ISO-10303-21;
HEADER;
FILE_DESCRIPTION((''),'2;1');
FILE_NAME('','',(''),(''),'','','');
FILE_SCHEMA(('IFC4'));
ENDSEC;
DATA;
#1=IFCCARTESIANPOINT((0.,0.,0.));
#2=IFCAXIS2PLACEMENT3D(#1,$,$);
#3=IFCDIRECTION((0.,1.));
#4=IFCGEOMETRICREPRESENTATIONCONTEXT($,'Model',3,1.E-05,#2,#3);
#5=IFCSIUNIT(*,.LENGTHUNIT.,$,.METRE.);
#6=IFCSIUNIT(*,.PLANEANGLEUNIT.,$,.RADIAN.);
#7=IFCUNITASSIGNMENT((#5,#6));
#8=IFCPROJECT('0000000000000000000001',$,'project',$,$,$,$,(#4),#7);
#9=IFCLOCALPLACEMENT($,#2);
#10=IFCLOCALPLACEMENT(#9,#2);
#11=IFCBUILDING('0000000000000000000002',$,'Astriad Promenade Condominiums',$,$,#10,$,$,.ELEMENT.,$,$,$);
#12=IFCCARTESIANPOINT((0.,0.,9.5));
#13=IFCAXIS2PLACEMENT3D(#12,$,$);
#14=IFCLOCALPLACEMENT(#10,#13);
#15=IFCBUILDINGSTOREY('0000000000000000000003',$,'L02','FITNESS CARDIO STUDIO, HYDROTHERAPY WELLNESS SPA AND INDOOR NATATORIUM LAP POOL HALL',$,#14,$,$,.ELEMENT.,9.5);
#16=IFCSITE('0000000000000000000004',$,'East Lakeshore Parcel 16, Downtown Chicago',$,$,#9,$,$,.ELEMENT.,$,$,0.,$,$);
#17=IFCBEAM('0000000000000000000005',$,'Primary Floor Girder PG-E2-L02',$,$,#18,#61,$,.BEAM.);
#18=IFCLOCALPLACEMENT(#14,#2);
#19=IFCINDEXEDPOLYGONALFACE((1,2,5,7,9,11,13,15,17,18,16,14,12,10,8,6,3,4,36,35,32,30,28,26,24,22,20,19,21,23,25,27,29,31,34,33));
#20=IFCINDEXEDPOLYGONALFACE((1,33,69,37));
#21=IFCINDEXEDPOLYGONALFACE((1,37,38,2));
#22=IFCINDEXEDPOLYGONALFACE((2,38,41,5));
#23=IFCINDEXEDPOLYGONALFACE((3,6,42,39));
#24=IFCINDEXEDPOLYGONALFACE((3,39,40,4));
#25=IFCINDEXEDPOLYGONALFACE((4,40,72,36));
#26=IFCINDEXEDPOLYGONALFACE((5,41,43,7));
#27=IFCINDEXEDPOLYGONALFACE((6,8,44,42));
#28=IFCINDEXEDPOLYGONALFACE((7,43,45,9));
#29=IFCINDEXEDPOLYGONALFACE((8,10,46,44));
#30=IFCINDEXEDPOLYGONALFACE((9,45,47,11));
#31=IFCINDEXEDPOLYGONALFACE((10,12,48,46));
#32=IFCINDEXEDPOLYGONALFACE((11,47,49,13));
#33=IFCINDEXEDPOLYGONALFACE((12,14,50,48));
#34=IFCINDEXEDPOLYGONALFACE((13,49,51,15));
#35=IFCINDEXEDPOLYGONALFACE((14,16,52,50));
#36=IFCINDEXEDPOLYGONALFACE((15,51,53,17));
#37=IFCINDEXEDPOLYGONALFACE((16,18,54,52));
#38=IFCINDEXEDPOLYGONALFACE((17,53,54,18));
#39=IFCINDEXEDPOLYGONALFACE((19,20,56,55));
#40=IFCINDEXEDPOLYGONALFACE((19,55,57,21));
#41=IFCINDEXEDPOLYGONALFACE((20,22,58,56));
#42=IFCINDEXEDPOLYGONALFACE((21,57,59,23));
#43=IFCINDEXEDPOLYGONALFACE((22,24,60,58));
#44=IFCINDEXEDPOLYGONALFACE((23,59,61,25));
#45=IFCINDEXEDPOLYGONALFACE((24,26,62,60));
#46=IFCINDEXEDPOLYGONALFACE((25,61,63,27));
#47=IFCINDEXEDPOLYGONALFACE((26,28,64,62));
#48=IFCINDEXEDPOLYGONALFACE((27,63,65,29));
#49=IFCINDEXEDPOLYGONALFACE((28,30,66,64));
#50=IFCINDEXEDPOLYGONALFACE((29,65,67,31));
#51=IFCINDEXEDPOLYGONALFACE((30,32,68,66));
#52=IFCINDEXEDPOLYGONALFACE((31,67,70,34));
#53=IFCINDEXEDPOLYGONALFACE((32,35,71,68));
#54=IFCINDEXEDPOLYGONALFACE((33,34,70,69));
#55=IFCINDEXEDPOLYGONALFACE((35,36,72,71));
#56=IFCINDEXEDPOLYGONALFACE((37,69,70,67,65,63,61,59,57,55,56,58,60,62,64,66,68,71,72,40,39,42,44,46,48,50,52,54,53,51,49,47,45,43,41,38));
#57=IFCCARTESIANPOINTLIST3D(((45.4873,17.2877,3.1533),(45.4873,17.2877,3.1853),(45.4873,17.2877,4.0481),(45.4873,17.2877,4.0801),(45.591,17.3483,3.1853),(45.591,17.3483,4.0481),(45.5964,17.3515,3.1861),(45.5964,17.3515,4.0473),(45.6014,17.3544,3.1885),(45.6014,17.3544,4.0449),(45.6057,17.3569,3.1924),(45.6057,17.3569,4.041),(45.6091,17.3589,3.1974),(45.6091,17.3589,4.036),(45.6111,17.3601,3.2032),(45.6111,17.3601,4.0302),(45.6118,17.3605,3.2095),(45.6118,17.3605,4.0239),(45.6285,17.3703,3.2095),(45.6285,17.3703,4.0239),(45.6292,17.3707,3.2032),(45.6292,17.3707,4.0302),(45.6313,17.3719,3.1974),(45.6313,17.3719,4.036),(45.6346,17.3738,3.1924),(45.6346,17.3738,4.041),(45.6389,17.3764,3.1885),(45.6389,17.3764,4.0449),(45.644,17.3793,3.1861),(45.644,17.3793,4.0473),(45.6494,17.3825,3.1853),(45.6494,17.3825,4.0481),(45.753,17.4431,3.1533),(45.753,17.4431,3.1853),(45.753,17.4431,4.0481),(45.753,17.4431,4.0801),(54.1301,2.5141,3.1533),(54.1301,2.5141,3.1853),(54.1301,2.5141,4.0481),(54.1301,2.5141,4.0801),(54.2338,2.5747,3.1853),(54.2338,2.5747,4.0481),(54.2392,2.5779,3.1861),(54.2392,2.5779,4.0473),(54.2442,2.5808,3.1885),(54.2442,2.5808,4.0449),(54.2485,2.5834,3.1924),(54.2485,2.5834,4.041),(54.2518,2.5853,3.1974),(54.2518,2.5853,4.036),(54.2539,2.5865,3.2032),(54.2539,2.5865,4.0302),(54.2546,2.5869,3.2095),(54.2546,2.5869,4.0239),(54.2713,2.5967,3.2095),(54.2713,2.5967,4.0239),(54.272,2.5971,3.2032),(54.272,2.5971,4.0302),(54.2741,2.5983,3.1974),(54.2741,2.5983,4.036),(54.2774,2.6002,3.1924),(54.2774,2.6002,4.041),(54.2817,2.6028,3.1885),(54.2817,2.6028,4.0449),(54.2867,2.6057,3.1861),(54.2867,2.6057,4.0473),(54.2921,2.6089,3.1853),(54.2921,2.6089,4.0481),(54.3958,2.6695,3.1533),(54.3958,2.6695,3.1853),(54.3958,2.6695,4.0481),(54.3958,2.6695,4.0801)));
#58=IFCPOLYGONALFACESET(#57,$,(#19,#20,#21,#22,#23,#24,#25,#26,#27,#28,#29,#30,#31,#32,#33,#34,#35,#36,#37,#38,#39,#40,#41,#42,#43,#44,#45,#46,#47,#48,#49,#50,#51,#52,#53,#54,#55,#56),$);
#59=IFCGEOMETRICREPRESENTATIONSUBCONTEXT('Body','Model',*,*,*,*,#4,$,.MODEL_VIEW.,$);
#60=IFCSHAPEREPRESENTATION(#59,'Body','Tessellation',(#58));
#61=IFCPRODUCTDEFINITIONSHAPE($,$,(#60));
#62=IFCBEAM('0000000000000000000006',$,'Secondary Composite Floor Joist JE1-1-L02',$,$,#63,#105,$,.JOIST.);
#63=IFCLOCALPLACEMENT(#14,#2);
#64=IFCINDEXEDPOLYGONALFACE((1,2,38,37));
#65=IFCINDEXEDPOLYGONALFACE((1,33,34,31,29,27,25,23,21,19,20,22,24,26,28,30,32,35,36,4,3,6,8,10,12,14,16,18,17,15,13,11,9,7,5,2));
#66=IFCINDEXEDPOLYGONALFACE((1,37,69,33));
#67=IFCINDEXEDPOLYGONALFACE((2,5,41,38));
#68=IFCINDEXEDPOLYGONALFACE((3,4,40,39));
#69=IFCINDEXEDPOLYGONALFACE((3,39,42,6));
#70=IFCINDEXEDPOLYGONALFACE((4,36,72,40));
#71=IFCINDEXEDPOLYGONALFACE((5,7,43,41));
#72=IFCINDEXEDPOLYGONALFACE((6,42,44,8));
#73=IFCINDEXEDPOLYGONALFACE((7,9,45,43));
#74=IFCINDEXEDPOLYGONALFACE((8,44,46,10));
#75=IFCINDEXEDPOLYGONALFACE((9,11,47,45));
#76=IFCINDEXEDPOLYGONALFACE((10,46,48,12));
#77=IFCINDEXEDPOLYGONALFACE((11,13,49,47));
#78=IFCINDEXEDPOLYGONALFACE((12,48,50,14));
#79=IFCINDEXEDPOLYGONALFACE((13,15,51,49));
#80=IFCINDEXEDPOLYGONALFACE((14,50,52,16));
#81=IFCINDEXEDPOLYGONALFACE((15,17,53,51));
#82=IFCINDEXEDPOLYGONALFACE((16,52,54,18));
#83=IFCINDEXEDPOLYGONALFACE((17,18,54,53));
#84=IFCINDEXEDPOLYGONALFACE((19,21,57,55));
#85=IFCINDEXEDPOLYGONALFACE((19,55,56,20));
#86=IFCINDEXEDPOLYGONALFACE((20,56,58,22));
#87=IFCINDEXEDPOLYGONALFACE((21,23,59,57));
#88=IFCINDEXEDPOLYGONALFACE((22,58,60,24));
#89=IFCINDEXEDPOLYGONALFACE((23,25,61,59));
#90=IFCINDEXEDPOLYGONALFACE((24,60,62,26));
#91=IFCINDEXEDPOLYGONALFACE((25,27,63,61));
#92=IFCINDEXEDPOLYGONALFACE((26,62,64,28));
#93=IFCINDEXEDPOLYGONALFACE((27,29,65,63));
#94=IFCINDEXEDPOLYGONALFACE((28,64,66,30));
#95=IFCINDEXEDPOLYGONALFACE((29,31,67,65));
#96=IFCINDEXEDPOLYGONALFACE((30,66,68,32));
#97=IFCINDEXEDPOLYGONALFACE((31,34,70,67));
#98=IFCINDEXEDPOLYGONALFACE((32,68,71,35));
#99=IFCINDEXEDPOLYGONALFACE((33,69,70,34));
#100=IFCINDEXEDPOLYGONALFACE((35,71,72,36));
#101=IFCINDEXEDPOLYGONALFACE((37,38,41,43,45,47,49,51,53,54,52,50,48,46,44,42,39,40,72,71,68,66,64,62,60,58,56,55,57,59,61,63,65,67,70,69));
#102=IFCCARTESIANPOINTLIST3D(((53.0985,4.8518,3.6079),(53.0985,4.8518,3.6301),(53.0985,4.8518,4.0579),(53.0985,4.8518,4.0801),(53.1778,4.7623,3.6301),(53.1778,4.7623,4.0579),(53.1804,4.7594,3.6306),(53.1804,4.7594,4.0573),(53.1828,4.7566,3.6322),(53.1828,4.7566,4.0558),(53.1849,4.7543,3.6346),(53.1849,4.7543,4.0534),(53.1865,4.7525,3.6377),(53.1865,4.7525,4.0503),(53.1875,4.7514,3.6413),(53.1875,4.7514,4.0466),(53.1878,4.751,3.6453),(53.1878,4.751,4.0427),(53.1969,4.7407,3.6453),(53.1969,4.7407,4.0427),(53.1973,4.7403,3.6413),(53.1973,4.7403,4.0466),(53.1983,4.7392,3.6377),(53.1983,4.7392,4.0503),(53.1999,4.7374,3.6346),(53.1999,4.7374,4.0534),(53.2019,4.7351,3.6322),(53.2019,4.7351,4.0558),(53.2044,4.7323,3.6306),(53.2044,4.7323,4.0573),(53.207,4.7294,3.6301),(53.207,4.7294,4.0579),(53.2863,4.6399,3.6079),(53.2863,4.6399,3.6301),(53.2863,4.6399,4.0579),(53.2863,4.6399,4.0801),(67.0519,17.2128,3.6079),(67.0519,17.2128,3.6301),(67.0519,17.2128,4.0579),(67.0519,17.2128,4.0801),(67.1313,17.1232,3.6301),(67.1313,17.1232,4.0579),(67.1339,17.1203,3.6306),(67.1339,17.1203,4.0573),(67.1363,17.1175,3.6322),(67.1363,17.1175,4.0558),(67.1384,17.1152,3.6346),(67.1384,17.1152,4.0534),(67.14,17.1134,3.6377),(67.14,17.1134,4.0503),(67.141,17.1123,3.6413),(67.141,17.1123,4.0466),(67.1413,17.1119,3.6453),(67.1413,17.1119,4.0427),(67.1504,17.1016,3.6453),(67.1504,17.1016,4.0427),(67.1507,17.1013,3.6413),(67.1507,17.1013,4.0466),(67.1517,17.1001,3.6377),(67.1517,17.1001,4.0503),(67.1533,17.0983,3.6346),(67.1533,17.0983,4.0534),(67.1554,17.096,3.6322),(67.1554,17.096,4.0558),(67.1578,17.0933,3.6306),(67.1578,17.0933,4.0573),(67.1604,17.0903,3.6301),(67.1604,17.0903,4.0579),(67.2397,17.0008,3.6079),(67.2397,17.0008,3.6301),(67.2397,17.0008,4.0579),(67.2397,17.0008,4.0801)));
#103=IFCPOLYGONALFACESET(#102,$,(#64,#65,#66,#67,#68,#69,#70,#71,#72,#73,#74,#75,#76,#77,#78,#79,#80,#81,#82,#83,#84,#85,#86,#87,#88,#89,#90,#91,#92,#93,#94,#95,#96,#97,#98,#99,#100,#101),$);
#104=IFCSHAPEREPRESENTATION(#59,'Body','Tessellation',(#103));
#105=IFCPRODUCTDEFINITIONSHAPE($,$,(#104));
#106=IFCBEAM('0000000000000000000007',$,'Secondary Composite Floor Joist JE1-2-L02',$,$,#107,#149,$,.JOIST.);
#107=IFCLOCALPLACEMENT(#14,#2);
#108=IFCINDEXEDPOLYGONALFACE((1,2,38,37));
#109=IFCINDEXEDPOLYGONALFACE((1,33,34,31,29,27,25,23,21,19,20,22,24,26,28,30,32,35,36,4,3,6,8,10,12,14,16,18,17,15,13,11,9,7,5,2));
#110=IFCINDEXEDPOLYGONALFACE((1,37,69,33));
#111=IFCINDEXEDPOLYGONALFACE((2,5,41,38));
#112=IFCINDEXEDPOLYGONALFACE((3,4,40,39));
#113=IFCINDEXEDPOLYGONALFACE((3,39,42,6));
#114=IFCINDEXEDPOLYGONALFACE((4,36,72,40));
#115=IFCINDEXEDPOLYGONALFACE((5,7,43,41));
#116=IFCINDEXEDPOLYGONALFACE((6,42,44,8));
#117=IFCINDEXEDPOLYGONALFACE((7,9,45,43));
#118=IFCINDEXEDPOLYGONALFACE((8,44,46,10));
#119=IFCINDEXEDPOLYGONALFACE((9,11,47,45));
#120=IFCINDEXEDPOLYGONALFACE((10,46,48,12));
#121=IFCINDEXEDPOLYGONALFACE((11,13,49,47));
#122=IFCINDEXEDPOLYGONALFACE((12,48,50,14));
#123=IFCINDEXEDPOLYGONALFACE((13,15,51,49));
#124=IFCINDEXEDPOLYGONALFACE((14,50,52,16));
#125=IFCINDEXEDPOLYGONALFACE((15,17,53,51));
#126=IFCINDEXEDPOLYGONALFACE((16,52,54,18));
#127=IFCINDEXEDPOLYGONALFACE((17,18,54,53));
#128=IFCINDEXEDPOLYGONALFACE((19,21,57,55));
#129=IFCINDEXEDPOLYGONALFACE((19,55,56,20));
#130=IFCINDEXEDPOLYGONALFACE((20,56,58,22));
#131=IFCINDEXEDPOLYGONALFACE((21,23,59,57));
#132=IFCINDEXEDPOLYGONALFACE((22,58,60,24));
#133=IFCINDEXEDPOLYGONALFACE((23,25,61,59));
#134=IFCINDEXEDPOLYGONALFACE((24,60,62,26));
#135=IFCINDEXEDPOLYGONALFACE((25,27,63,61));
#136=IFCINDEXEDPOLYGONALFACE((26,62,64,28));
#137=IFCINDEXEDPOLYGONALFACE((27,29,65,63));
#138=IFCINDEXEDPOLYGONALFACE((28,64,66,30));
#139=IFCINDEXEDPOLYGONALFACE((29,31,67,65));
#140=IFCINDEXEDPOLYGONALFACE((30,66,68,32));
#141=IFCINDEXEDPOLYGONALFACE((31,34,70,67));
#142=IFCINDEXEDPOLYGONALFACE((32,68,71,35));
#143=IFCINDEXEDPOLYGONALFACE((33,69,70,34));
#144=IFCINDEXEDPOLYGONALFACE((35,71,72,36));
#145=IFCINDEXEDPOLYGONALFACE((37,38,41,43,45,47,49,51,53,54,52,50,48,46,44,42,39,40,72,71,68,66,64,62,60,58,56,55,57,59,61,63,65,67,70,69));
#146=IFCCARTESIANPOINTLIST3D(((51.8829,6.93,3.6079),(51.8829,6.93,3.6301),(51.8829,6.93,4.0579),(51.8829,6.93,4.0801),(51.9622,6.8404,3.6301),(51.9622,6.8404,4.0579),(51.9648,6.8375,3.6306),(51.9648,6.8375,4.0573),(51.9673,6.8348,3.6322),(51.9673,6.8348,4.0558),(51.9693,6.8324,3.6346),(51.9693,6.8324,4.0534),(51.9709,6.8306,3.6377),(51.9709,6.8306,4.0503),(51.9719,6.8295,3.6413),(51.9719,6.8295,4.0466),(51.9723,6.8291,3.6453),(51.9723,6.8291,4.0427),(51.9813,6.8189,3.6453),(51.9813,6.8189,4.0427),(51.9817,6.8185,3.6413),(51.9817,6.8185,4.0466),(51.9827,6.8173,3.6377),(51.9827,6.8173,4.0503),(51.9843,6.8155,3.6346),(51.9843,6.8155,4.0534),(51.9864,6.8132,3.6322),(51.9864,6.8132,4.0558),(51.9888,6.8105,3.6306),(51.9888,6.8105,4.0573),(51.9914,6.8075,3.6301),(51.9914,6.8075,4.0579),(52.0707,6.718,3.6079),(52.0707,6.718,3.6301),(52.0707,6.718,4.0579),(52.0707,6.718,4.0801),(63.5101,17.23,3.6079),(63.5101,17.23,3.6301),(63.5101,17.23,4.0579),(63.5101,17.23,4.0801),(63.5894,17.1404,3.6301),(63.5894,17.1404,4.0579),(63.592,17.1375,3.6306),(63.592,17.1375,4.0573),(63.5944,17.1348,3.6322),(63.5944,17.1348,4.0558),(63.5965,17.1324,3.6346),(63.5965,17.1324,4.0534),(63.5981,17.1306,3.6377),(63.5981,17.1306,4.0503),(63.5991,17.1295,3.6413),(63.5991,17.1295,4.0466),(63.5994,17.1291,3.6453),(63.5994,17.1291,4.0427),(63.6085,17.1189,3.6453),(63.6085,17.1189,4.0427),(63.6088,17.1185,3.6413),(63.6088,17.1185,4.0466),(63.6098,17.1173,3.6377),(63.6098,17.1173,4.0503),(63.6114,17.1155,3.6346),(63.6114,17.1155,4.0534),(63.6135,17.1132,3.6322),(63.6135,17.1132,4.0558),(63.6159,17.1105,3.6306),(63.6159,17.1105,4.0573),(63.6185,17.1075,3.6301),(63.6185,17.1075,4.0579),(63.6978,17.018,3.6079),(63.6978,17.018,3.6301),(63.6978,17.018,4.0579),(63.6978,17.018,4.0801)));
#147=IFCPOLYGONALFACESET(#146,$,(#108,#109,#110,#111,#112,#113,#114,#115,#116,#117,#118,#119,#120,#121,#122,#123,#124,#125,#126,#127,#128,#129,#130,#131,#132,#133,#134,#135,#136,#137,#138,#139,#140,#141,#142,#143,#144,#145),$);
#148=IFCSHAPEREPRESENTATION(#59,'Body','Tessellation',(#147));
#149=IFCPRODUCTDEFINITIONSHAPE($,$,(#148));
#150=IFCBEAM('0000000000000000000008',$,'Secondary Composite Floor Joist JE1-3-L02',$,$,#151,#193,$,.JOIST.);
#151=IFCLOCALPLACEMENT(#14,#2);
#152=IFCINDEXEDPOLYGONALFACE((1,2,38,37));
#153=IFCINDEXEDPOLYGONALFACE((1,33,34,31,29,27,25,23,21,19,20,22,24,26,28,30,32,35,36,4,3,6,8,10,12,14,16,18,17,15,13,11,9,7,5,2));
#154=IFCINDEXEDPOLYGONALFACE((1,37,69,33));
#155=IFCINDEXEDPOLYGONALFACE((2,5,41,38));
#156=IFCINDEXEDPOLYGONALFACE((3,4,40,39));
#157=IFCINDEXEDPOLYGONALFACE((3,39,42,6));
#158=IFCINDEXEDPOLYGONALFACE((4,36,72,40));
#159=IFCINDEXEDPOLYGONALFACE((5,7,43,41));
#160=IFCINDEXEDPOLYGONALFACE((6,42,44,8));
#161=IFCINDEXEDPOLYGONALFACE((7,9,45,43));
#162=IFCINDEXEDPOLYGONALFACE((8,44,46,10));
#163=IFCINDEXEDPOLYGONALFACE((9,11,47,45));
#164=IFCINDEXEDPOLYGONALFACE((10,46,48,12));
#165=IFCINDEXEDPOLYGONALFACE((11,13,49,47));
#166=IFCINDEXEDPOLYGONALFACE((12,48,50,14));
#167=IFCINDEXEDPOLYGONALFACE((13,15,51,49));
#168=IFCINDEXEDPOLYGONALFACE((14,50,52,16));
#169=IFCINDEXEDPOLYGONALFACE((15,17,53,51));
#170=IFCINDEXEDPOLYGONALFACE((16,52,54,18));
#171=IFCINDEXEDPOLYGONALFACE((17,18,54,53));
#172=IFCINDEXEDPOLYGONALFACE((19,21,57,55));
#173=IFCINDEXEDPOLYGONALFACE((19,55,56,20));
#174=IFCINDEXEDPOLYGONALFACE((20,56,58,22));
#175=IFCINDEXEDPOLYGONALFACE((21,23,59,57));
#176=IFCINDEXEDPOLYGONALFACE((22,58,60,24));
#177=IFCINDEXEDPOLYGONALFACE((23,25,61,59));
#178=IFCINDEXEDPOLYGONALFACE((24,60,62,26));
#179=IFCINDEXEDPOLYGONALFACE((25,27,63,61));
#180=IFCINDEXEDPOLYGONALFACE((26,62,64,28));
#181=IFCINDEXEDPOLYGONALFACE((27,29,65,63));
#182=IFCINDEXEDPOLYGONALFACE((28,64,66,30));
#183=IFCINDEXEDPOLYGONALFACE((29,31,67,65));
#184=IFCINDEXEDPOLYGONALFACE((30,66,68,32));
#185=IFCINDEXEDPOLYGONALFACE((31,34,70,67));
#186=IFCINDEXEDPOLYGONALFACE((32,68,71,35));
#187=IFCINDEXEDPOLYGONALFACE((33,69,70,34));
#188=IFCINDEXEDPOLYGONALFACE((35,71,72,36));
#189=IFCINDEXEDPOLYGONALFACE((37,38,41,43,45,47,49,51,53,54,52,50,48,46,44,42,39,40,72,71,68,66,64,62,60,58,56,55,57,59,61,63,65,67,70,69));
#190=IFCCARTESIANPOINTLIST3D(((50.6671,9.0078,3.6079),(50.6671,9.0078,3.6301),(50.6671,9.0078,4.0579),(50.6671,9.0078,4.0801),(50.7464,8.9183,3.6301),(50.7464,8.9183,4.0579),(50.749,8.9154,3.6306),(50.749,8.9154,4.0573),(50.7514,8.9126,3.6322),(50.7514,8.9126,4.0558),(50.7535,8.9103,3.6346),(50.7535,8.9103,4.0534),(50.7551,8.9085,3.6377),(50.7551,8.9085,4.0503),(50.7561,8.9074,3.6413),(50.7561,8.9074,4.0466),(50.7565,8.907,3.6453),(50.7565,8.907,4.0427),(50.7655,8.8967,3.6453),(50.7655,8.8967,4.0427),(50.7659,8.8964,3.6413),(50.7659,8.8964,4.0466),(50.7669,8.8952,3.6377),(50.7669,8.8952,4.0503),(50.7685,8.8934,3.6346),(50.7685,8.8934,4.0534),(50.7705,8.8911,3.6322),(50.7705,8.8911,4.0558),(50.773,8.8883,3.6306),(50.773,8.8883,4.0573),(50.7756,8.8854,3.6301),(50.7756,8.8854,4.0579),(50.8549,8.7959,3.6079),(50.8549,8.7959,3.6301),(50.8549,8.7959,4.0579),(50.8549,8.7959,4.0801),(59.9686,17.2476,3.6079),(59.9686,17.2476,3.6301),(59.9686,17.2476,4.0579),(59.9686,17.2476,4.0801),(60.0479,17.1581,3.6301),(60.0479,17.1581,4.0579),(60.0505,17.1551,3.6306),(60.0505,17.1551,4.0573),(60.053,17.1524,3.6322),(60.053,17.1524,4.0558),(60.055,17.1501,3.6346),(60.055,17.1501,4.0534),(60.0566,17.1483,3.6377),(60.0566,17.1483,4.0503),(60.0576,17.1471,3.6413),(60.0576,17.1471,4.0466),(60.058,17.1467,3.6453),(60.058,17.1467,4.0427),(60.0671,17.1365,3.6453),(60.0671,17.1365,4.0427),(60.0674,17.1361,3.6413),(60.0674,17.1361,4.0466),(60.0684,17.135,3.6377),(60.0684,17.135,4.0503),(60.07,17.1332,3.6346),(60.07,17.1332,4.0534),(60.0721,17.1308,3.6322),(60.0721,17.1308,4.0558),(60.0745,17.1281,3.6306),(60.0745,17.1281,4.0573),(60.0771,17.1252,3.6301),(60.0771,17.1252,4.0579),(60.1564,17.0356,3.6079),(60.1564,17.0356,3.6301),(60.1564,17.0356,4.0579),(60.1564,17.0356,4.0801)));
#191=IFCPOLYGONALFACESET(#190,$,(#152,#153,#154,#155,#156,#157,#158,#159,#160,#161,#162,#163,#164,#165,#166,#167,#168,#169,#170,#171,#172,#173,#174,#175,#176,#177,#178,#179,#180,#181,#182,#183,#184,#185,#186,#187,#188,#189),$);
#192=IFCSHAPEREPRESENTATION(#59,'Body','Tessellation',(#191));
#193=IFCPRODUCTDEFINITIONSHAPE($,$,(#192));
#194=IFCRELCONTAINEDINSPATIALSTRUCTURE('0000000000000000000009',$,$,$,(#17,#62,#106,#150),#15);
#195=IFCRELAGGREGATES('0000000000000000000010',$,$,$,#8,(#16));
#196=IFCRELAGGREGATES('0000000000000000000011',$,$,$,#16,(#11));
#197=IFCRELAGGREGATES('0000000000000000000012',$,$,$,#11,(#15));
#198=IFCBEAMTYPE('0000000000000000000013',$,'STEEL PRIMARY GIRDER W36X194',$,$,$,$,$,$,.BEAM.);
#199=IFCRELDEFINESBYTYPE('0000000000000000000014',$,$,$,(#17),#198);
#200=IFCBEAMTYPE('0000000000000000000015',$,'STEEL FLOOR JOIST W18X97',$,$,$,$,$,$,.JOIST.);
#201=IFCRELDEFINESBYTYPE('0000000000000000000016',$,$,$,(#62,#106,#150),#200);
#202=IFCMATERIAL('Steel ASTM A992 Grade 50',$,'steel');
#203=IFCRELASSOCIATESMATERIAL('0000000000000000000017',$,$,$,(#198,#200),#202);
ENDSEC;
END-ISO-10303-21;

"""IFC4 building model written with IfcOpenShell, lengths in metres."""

from ifc_helpers import new_model, si_unit, direction, frame, origin, origin_2d, place, context, subcontext, project, spatial, i_section, extrude, source, transform, mapped, material, material_profile, profile_set, type_object, type_shapes, element, save


model = new_model("IFC4")

# Units and contexts
model_context = context("Model", 3, precision=1e-05, world=origin(), true_north=direction((0.0, 1.0)))
body_context = subcontext(model_context, "Body", "Model", "MODEL_VIEW")
ifc_project = project(units=[si_unit("LENGTHUNIT", "METRE"), si_unit("PLANEANGLEUNIT", "RADIAN")], contexts=[model_context])

# Site, building, storey
site_placement = place(None, origin())
site = spatial("IfcSite", under=ifc_project, at=site_placement, Name="East Lakeshore Parcel 16, Downtown Chicago", CompositionType="ELEMENT", RefElevation=0.0)
building_placement = place(site_placement, origin())
building = spatial("IfcBuilding", under=site, at=building_placement, Name="Astriad Promenade Condominiums", CompositionType="ELEMENT")
storey_placement = place(building_placement, frame((0.0, 0.0, 9.5)))
storey = spatial("IfcBuildingStorey", under=building, at=storey_placement, Name="L02", Description="FITNESS CARDIO STUDIO, HYDROTHERAPY WELLNESS SPA AND INDOOR NATATORIUM LAP POOL HALL", CompositionType="ELEMENT", Elevation=9.5)

# Shared definitions
ifc_material_1 = material(Name="Steel ASTM A992 Grade 50", Category="steel")

# Beams
ifc_material_profile_1 = material_profile(ifc_material_1, i_section(OverallWidth=0.3079, OverallDepth=0.9268, WebThickness=0.0193, FlangeThickness=0.032, FilletRadius=0.0242, at=origin_2d()), Name="W36X194")
ifc_profile_set_1 = profile_set([ifc_material_profile_1], Name="Steel ASTM A992 Grade 50")
beam_type_1 = type_object("IfcBeamType", Name="STEEL PRIMARY GIRDER W36X194", PredefinedType="BEAM", material=ifc_profile_set_1)
shared_shape_1 = source(origin(), body_context, "Body", "SweptSolid", [
    extrude(i_section(OverallWidth=0.3079, OverallDepth=0.9268, WebThickness=0.0193, FlangeThickness=0.032, FilletRadius=0.0242, at=origin_2d()), origin(), (0.0, 0.0, 1.0), 17.116),
])
type_shapes(beam_type_1, [shared_shape_1])
beam_1_placement = place(storey_placement, frame((54.2629, 2.5918, 3.6167), z_axis=(-0.504953, 0.863147, 0.0), x_axis=(-0.863147, -0.504953, 0.0)))
element("IfcBeam", 1, at=beam_1_placement, inside=storey, type_object=beam_type_1, Name="Primary Floor Girder PG-E2-L02", PredefinedType="BEAM", context=body_context, shape_type="MappedRepresentation", body=[
    mapped(shared_shape_1, transform((0.0, 0.0, 0.0), scale=1.0)),
])
ifc_material_profile_2 = material_profile(ifc_material_1, i_section(OverallWidth=0.2832, OverallDepth=0.4722, WebThickness=0.0137, FlangeThickness=0.0222, FilletRadius=0.0151, at=origin_2d()), Name="W18X97")
ifc_profile_set_2 = profile_set([ifc_material_profile_2], Name="Steel ASTM A992 Grade 50")
beam_type_2 = type_object("IfcBeamType", Name="STEEL FLOOR JOIST W18X97", PredefinedType="JOIST", material=ifc_profile_set_2)
shared_shape_2 = source(origin(), body_context, "Body", "SweptSolid", [
    extrude(i_section(OverallWidth=0.2832, OverallDepth=0.4722, WebThickness=0.0137, FlangeThickness=0.0222, FilletRadius=0.0151, at=origin_2d()), origin(), (0.0, 0.0, 1.0), 18.6411),
])
beam_2_placement = place(storey_placement, frame((53.1924, 4.7458, 3.844), z_axis=(0.748531, 0.6631, 0.0), x_axis=(-0.6631, 0.748531, 0.0)))
element("IfcBeam", 2, at=beam_2_placement, inside=storey, type_object=beam_type_2, Name="Secondary Composite Floor Joist JE1-1-L02", PredefinedType="JOIST", context=body_context, shape_type="MappedRepresentation", body=[
    mapped(shared_shape_2, transform((0.0, 0.0, 0.0), scale=1.0)),
])
shared_shape_3 = source(origin(), body_context, "Body", "SweptSolid", [
    extrude(i_section(OverallWidth=0.2832, OverallDepth=0.4722, WebThickness=0.0137, FlangeThickness=0.0222, FilletRadius=0.0151, at=origin_2d()), origin(), (0.0, 0.0, 1.0), 15.5332),
])
beam_3_placement = place(storey_placement, frame((51.9768, 6.824, 3.844), z_axis=(0.748535, 0.663096, 0.0), x_axis=(-0.663096, 0.748535, 0.0)))
element("IfcBeam", 3, at=beam_3_placement, inside=storey, type_object=beam_type_2, Name="Secondary Composite Floor Joist JE1-2-L02", PredefinedType="JOIST", context=body_context, shape_type="MappedRepresentation", body=[
    mapped(shared_shape_3, transform((0.0, 0.0, 0.0), scale=1.0)),
])
shared_shape_4 = source(origin(), body_context, "Body", "SweptSolid", [
    extrude(i_section(OverallWidth=0.2832, OverallDepth=0.4722, WebThickness=0.0137, FlangeThickness=0.0222, FilletRadius=0.0151, at=origin_2d()), origin(), (0.0, 0.0, 1.0), 12.4263),
])
type_shapes(beam_type_2, [shared_shape_2, shared_shape_3, shared_shape_4])
beam_4_placement = place(storey_placement, frame((50.761, 8.9019, 3.844), z_axis=(0.748538, 0.663092, 0.0), x_axis=(-0.663092, 0.748538, 0.0)))
element("IfcBeam", 4, at=beam_4_placement, inside=storey, type_object=beam_type_2, Name="Secondary Composite Floor Joist JE1-3-L02", PredefinedType="JOIST", context=body_context, shape_type="MappedRepresentation", body=[
    mapped(shared_shape_4, transform((0.0, 0.0, 0.0), scale=1.0)),
])

save(model, "model.ifc")
